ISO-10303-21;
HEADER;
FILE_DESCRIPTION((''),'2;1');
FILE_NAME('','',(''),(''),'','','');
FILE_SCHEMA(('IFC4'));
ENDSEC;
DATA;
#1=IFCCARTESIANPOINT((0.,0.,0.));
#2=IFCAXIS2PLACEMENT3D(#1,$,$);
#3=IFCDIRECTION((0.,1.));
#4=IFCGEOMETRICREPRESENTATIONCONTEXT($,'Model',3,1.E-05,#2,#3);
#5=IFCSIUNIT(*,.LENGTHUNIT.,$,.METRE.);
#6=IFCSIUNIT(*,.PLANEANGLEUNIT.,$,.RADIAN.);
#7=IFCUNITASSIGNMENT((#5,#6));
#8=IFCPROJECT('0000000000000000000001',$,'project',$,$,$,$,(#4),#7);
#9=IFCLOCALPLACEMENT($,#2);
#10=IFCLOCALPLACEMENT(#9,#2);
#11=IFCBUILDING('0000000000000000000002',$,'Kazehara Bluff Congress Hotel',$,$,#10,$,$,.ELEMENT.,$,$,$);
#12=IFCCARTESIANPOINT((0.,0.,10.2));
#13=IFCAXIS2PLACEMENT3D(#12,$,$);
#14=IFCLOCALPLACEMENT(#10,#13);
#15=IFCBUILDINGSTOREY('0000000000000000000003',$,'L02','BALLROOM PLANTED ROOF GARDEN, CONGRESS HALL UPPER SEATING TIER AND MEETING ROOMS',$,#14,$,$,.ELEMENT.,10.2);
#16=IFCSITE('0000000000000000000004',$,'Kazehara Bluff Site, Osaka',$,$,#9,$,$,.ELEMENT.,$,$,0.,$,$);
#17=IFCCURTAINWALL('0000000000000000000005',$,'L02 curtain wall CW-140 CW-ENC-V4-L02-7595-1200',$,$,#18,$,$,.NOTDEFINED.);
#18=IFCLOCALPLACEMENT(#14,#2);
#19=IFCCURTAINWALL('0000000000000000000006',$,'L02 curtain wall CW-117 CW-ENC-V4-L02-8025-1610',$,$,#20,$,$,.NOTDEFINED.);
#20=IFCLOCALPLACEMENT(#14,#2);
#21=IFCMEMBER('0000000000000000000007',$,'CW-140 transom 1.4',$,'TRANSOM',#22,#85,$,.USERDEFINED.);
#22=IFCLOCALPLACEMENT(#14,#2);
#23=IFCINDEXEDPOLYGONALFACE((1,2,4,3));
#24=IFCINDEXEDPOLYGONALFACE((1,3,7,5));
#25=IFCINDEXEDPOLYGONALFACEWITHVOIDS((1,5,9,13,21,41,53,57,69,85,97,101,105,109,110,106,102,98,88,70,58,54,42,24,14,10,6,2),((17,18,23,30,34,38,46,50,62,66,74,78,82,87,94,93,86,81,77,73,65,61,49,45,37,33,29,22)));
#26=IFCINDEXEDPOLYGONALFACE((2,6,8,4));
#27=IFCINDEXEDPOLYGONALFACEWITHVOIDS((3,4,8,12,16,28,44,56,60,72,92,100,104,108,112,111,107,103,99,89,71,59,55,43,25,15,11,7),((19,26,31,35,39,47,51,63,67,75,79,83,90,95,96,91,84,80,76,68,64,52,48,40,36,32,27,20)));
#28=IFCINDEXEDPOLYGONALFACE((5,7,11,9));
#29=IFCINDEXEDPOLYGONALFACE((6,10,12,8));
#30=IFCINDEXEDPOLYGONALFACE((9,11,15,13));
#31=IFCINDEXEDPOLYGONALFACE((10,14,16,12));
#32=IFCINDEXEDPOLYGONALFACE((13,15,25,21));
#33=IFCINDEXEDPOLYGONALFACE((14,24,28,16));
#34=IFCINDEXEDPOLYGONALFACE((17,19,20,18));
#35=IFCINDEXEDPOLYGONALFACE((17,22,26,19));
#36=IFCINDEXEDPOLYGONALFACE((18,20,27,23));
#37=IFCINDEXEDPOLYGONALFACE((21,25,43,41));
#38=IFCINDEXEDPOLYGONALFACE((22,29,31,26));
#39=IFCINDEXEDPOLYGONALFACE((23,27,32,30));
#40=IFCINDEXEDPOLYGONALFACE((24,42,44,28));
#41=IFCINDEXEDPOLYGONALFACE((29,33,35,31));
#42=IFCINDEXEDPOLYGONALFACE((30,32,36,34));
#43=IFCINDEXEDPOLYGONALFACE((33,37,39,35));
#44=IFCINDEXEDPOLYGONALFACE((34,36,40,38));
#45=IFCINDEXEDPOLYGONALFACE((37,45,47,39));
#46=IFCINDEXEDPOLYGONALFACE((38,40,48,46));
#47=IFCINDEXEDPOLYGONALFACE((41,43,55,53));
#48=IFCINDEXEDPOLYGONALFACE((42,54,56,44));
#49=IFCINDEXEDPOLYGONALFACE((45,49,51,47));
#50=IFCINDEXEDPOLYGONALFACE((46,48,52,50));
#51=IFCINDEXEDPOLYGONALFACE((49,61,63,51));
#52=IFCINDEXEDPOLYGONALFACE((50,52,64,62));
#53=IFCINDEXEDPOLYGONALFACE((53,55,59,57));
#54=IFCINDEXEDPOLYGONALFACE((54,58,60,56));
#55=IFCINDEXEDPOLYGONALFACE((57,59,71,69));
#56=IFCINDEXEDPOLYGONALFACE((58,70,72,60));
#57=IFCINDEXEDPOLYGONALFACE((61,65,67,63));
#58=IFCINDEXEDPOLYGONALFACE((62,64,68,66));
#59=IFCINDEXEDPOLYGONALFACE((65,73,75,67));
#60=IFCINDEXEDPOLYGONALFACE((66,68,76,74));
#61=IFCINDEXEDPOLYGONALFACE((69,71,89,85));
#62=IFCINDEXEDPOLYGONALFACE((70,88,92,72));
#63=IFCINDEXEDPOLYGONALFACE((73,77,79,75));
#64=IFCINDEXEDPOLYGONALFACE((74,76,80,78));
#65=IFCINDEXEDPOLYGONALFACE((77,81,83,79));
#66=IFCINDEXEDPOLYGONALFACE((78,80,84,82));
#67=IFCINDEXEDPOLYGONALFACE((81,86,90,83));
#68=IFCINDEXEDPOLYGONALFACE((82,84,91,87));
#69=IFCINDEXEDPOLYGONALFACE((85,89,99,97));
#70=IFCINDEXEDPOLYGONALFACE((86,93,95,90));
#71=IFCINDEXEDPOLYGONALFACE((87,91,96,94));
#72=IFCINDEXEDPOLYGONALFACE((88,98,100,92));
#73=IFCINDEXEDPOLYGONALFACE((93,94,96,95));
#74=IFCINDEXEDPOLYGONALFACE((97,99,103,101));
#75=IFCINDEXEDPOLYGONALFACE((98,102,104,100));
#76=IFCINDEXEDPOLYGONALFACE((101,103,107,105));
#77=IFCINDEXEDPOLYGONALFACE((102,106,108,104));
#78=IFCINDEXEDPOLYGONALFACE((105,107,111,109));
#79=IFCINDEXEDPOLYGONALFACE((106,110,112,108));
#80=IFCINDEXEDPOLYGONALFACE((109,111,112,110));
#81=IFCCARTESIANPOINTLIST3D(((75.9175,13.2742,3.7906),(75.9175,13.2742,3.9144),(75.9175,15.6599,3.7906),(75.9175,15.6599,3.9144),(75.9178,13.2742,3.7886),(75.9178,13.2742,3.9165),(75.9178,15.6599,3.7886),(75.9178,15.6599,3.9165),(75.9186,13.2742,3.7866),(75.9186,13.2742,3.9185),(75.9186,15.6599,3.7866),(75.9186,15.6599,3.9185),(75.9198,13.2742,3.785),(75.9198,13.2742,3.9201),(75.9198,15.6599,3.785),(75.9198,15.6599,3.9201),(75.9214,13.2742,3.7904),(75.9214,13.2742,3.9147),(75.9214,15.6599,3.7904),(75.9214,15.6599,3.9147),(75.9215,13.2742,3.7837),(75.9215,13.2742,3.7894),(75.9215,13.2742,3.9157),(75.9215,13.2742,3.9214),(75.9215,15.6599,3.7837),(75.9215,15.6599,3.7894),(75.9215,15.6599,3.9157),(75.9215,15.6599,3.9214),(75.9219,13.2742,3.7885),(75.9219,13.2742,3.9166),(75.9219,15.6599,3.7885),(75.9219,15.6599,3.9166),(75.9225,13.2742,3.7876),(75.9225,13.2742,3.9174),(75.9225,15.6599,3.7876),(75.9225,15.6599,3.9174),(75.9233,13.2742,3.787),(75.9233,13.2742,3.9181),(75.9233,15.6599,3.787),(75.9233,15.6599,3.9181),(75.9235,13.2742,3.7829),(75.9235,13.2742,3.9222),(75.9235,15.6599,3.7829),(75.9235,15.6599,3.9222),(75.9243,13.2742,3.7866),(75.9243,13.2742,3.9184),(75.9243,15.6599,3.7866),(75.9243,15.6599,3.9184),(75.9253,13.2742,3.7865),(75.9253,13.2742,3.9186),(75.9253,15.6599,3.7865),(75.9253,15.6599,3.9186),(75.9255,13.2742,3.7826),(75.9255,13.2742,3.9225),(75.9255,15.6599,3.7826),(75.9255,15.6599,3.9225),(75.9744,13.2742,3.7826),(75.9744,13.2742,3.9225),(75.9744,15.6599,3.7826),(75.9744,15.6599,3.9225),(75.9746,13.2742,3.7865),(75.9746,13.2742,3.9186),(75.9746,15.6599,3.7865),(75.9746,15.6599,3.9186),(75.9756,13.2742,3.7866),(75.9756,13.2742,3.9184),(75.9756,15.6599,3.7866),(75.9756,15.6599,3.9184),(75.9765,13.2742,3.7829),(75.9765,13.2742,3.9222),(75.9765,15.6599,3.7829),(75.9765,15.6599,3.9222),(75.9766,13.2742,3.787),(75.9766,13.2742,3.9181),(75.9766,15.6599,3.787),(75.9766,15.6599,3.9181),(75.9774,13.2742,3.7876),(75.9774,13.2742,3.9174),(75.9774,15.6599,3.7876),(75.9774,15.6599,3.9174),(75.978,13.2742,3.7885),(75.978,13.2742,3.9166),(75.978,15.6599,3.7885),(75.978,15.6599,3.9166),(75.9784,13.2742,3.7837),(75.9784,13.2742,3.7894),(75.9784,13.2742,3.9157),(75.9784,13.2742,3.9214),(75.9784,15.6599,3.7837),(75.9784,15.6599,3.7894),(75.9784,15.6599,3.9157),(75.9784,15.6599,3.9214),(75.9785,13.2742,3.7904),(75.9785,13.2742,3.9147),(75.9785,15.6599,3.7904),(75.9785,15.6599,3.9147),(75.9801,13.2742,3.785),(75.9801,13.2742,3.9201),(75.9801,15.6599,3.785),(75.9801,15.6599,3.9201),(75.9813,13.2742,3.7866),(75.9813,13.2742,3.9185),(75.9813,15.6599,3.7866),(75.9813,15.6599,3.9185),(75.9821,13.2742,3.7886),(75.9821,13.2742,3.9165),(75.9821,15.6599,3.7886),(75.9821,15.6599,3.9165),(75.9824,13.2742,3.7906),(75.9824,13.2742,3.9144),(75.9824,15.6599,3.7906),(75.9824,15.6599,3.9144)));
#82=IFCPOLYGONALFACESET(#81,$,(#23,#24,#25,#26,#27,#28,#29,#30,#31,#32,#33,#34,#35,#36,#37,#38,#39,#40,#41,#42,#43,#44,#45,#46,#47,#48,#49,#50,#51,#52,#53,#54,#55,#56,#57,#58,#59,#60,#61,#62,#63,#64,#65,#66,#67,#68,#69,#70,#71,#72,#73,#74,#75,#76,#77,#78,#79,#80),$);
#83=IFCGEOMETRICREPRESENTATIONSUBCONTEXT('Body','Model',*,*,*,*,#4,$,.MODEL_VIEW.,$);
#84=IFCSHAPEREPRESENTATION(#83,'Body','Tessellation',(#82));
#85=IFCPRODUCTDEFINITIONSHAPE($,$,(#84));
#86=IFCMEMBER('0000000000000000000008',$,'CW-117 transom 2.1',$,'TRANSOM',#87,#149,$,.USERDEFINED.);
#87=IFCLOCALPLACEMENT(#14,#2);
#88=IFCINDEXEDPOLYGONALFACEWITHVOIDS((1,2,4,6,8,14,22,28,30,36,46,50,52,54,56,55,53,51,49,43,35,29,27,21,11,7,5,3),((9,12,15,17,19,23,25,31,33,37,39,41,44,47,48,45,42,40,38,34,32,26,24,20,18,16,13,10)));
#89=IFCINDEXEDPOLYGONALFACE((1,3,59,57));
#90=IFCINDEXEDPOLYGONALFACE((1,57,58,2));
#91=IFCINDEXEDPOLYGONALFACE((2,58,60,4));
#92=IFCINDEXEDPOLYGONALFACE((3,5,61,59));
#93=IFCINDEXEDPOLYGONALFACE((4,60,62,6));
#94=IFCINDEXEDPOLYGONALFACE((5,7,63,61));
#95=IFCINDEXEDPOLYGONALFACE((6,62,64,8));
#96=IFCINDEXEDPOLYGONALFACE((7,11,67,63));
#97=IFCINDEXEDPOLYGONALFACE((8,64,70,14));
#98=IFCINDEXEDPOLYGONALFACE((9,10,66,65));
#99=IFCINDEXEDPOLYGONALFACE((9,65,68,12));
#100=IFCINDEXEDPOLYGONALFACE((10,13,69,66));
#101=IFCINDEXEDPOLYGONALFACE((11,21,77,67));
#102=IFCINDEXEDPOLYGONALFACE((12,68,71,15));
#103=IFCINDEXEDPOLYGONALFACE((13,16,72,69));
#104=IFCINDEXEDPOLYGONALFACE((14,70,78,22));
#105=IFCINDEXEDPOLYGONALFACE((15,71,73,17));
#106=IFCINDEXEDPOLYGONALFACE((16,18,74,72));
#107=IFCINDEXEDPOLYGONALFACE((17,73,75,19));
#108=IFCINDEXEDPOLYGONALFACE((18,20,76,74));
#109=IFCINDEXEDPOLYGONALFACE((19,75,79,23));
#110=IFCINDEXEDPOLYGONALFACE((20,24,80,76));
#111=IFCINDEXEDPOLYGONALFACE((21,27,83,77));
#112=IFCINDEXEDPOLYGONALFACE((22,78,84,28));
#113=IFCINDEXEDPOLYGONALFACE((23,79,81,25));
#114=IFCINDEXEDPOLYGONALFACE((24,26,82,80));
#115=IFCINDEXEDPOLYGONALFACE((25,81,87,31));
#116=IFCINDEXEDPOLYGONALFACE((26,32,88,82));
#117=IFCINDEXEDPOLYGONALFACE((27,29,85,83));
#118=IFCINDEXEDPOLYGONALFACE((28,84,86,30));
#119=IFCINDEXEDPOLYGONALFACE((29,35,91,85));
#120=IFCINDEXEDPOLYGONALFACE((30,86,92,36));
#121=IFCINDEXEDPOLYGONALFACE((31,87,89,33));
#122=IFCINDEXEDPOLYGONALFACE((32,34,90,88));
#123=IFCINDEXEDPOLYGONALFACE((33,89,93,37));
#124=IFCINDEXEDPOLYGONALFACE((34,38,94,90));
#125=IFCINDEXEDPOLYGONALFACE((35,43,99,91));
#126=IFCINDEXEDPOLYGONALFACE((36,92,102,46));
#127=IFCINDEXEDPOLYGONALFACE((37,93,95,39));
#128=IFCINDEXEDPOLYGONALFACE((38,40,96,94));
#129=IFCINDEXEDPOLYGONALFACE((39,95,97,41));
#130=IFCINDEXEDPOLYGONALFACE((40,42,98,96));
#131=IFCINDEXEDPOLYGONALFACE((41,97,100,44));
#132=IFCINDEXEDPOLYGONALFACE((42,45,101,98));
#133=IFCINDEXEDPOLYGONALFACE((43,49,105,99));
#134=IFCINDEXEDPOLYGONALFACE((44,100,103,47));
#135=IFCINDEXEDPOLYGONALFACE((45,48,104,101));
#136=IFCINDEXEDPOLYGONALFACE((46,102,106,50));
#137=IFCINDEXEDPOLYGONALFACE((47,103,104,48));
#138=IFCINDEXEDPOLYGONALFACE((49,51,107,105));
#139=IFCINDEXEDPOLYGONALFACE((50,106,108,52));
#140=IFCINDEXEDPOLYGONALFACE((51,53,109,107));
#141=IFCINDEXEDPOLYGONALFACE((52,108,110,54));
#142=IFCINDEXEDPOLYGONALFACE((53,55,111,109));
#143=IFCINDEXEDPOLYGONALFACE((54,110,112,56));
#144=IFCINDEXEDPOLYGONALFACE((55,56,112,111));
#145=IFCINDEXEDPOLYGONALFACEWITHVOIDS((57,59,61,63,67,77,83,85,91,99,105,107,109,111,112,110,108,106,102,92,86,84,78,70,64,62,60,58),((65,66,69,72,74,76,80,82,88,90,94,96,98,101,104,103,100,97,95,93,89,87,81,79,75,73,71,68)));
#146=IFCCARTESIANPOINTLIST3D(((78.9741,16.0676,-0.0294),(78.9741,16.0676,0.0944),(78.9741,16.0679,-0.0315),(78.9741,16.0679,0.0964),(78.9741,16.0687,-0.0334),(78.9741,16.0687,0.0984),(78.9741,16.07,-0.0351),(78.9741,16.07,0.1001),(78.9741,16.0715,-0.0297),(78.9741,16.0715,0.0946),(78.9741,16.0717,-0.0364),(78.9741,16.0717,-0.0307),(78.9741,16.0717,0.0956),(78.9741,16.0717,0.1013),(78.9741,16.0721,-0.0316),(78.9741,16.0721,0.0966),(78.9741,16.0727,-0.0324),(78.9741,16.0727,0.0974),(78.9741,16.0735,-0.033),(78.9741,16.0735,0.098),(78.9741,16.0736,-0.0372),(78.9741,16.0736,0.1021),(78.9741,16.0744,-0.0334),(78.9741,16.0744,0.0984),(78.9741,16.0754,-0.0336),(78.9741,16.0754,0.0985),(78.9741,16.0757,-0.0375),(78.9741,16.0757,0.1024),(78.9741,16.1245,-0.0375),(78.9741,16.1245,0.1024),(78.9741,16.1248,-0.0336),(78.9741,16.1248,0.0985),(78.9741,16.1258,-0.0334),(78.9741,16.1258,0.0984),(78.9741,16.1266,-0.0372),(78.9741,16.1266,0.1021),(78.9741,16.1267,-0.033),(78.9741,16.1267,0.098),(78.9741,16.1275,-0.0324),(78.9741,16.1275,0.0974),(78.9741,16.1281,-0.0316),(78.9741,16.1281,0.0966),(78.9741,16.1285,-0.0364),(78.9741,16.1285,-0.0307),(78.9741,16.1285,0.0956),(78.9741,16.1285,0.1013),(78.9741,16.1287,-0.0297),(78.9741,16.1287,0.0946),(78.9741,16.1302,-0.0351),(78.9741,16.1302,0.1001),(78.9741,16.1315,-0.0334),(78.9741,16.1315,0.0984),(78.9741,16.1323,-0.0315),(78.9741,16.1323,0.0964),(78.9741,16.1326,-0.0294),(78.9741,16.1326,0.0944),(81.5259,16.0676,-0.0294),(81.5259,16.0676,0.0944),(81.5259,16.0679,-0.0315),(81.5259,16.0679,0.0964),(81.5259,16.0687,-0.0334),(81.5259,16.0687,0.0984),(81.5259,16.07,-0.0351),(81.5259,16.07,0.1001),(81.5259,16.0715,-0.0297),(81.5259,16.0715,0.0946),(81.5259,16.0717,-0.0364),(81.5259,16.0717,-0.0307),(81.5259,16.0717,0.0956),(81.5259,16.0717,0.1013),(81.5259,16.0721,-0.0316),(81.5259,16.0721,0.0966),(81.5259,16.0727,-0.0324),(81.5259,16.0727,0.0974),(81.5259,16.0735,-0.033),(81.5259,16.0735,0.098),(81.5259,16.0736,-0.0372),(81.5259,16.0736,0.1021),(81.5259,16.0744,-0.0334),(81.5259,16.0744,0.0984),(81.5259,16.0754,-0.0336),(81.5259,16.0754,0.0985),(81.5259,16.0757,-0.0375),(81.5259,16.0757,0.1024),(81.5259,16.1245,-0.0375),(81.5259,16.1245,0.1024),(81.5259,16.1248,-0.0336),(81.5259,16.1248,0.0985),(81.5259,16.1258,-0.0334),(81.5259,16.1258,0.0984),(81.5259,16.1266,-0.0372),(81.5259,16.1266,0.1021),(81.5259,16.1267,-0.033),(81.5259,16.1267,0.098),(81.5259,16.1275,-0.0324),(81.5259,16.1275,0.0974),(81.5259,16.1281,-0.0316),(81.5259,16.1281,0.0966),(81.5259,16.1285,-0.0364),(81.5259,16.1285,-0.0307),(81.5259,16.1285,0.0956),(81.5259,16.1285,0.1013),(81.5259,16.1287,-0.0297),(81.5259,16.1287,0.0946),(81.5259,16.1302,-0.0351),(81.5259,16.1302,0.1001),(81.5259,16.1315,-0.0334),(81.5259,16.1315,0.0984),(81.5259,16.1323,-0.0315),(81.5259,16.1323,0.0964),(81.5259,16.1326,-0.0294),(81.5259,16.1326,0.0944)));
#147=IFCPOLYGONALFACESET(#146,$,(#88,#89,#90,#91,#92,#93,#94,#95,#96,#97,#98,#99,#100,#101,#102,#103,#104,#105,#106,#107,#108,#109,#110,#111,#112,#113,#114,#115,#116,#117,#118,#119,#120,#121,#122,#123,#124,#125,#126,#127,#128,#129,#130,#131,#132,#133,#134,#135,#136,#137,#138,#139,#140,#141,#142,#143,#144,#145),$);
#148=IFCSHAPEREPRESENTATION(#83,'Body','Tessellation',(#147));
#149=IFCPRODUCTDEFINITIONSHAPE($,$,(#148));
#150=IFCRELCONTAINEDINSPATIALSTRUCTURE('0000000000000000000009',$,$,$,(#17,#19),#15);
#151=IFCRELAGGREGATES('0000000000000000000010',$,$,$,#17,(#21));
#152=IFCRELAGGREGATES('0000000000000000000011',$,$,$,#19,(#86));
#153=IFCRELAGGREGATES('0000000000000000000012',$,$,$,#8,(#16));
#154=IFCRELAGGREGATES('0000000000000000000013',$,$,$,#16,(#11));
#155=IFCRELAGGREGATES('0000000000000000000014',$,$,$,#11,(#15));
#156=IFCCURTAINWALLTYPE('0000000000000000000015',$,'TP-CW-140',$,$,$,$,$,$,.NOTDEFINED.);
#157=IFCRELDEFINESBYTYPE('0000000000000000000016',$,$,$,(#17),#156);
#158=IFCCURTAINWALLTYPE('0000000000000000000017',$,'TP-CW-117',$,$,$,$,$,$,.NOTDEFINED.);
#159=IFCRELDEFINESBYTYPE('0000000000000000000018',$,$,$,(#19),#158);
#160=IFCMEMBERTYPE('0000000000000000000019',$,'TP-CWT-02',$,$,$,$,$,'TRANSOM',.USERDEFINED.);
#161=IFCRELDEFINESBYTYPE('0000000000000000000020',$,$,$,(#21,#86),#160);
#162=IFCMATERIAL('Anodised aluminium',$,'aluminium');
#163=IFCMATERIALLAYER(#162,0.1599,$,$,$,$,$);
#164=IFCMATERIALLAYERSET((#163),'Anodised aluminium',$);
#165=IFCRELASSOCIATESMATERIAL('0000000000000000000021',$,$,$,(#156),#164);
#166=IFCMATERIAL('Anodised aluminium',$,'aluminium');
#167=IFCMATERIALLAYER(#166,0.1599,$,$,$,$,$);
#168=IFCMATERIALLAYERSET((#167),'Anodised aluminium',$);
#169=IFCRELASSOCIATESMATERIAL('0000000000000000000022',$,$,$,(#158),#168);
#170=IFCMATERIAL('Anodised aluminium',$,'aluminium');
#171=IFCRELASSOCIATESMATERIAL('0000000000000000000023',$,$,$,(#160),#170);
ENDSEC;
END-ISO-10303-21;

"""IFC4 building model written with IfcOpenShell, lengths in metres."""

from ifc_helpers import new_model, si_unit, direction, frame, origin, origin_2d, place, context, subcontext, project, spatial, hollow_rectangle, extrude, material, layer, layer_set, material_profile, profile_set, type_object, element, aggregate, save


model = new_model("IFC4")

# Units and contexts
model_context = context("Model", 3, precision=1e-05, world=origin(), true_north=direction((0.0, 1.0)))
body_context = subcontext(model_context, "Body", "Model", "MODEL_VIEW")
ifc_project = project(units=[si_unit("LENGTHUNIT", "METRE"), si_unit("PLANEANGLEUNIT", "RADIAN")], contexts=[model_context])

# Site, building, storey
site_placement = place(None, origin())
site = spatial("IfcSite", under=ifc_project, at=site_placement, Name="Kazehara Bluff Site, Osaka", CompositionType="ELEMENT", RefElevation=0.0)
building_placement = place(site_placement, origin())
building = spatial("IfcBuilding", under=site, at=building_placement, Name="Kazehara Bluff Congress Hotel", CompositionType="ELEMENT")
storey_placement = place(building_placement, frame((0.0, 0.0, 10.2)))
storey = spatial("IfcBuildingStorey", under=building, at=storey_placement, Name="L02", Description="BALLROOM PLANTED ROOF GARDEN, CONGRESS HALL UPPER SEATING TIER AND MEETING ROOMS", CompositionType="ELEMENT", Elevation=10.2)

# Curtain wall
ifc_material_1 = material(Name="Anodised aluminium", Category="aluminium")
ifc_layer_1 = layer(ifc_material_1, 0.1599)
ifc_layer_set_1 = layer_set([ifc_layer_1], Name="Anodised aluminium")
curtain_wall_type_1 = type_object("IfcCurtainWallType", Name="TP-CW-140", PredefinedType="NOTDEFINED", material=ifc_layer_set_1)
curtain_wall_1_placement = place(storey_placement, origin())
curtain_wall_1 = element("IfcCurtainWall", 1, at=curtain_wall_1_placement, inside=storey, type_object=curtain_wall_type_1, Name="L02 curtain wall CW-140 CW-ENC-V4-L02-7595-1200", PredefinedType="NOTDEFINED")

# Curtain wall
ifc_material_2 = material(Name="Anodised aluminium", Category="aluminium")
ifc_layer_2 = layer(ifc_material_2, 0.1599)
ifc_layer_set_2 = layer_set([ifc_layer_2], Name="Anodised aluminium")
curtain_wall_type_2 = type_object("IfcCurtainWallType", Name="TP-CW-117", PredefinedType="NOTDEFINED", material=ifc_layer_set_2)
curtain_wall_2_placement = place(storey_placement, origin())
curtain_wall_2 = element("IfcCurtainWall", 2, at=curtain_wall_2_placement, inside=storey, type_object=curtain_wall_type_2, Name="L02 curtain wall CW-117 CW-ENC-V4-L02-8025-1610", PredefinedType="NOTDEFINED")

# Members
ifc_material_3 = material(Name="Anodised aluminium", Category="aluminium")
ifc_material_profile_1 = material_profile(ifc_material_3, hollow_rectangle(XDim=0.0649, YDim=0.1399, WallThickness=0.0039, InnerFilletRadius=0.0039, OuterFilletRadius=0.0081, at=origin_2d()))
ifc_profile_set_1 = profile_set([ifc_material_profile_1], Name="Anodised aluminium")
member_type_1 = type_object("IfcMemberType", Name="TP-CWT-02", ElementType="TRANSOM", PredefinedType="USERDEFINED", material=ifc_profile_set_1)
member_1_placement = place(storey_placement, frame((75.95, 15.6599, 3.8525), z_axis=(0.0, -1.0, 0.0), x_axis=(1.0, 0.0, 0.0)))
member_1 = element("IfcMember", 3, at=member_1_placement, type_object=member_type_1, Name="CW-140 transom 1.4", ObjectType="TRANSOM", PredefinedType="USERDEFINED", context=body_context, shape_type="SweptSolid", body=[
    extrude(hollow_rectangle(XDim=0.0649, YDim=0.1399, WallThickness=0.0039, InnerFilletRadius=0.0039, OuterFilletRadius=0.0081, at=origin_2d()), origin(), (0.0, 0.0, 1.0), 2.3857),
])
aggregate(curtain_wall_1, [member_1])
member_2_placement = place(storey_placement, frame((81.5259, 16.1001, 0.0325), z_axis=(-1.0, 0.0, 0.0), x_axis=(0.0, -1.0, 0.0)))
member_2 = element("IfcMember", 4, at=member_2_placement, type_object=member_type_1, Name="CW-117 transom 2.1", ObjectType="TRANSOM", PredefinedType="USERDEFINED", context=body_context, shape_type="SweptSolid", body=[
    extrude(hollow_rectangle(XDim=0.0649, YDim=0.1399, WallThickness=0.0039, InnerFilletRadius=0.0039, OuterFilletRadius=0.0081, at=origin_2d()), origin(), (0.0, 0.0, 1.0), 2.5518),
])

aggregate(curtain_wall_2, [member_2])

save(model, "model.ifc")
